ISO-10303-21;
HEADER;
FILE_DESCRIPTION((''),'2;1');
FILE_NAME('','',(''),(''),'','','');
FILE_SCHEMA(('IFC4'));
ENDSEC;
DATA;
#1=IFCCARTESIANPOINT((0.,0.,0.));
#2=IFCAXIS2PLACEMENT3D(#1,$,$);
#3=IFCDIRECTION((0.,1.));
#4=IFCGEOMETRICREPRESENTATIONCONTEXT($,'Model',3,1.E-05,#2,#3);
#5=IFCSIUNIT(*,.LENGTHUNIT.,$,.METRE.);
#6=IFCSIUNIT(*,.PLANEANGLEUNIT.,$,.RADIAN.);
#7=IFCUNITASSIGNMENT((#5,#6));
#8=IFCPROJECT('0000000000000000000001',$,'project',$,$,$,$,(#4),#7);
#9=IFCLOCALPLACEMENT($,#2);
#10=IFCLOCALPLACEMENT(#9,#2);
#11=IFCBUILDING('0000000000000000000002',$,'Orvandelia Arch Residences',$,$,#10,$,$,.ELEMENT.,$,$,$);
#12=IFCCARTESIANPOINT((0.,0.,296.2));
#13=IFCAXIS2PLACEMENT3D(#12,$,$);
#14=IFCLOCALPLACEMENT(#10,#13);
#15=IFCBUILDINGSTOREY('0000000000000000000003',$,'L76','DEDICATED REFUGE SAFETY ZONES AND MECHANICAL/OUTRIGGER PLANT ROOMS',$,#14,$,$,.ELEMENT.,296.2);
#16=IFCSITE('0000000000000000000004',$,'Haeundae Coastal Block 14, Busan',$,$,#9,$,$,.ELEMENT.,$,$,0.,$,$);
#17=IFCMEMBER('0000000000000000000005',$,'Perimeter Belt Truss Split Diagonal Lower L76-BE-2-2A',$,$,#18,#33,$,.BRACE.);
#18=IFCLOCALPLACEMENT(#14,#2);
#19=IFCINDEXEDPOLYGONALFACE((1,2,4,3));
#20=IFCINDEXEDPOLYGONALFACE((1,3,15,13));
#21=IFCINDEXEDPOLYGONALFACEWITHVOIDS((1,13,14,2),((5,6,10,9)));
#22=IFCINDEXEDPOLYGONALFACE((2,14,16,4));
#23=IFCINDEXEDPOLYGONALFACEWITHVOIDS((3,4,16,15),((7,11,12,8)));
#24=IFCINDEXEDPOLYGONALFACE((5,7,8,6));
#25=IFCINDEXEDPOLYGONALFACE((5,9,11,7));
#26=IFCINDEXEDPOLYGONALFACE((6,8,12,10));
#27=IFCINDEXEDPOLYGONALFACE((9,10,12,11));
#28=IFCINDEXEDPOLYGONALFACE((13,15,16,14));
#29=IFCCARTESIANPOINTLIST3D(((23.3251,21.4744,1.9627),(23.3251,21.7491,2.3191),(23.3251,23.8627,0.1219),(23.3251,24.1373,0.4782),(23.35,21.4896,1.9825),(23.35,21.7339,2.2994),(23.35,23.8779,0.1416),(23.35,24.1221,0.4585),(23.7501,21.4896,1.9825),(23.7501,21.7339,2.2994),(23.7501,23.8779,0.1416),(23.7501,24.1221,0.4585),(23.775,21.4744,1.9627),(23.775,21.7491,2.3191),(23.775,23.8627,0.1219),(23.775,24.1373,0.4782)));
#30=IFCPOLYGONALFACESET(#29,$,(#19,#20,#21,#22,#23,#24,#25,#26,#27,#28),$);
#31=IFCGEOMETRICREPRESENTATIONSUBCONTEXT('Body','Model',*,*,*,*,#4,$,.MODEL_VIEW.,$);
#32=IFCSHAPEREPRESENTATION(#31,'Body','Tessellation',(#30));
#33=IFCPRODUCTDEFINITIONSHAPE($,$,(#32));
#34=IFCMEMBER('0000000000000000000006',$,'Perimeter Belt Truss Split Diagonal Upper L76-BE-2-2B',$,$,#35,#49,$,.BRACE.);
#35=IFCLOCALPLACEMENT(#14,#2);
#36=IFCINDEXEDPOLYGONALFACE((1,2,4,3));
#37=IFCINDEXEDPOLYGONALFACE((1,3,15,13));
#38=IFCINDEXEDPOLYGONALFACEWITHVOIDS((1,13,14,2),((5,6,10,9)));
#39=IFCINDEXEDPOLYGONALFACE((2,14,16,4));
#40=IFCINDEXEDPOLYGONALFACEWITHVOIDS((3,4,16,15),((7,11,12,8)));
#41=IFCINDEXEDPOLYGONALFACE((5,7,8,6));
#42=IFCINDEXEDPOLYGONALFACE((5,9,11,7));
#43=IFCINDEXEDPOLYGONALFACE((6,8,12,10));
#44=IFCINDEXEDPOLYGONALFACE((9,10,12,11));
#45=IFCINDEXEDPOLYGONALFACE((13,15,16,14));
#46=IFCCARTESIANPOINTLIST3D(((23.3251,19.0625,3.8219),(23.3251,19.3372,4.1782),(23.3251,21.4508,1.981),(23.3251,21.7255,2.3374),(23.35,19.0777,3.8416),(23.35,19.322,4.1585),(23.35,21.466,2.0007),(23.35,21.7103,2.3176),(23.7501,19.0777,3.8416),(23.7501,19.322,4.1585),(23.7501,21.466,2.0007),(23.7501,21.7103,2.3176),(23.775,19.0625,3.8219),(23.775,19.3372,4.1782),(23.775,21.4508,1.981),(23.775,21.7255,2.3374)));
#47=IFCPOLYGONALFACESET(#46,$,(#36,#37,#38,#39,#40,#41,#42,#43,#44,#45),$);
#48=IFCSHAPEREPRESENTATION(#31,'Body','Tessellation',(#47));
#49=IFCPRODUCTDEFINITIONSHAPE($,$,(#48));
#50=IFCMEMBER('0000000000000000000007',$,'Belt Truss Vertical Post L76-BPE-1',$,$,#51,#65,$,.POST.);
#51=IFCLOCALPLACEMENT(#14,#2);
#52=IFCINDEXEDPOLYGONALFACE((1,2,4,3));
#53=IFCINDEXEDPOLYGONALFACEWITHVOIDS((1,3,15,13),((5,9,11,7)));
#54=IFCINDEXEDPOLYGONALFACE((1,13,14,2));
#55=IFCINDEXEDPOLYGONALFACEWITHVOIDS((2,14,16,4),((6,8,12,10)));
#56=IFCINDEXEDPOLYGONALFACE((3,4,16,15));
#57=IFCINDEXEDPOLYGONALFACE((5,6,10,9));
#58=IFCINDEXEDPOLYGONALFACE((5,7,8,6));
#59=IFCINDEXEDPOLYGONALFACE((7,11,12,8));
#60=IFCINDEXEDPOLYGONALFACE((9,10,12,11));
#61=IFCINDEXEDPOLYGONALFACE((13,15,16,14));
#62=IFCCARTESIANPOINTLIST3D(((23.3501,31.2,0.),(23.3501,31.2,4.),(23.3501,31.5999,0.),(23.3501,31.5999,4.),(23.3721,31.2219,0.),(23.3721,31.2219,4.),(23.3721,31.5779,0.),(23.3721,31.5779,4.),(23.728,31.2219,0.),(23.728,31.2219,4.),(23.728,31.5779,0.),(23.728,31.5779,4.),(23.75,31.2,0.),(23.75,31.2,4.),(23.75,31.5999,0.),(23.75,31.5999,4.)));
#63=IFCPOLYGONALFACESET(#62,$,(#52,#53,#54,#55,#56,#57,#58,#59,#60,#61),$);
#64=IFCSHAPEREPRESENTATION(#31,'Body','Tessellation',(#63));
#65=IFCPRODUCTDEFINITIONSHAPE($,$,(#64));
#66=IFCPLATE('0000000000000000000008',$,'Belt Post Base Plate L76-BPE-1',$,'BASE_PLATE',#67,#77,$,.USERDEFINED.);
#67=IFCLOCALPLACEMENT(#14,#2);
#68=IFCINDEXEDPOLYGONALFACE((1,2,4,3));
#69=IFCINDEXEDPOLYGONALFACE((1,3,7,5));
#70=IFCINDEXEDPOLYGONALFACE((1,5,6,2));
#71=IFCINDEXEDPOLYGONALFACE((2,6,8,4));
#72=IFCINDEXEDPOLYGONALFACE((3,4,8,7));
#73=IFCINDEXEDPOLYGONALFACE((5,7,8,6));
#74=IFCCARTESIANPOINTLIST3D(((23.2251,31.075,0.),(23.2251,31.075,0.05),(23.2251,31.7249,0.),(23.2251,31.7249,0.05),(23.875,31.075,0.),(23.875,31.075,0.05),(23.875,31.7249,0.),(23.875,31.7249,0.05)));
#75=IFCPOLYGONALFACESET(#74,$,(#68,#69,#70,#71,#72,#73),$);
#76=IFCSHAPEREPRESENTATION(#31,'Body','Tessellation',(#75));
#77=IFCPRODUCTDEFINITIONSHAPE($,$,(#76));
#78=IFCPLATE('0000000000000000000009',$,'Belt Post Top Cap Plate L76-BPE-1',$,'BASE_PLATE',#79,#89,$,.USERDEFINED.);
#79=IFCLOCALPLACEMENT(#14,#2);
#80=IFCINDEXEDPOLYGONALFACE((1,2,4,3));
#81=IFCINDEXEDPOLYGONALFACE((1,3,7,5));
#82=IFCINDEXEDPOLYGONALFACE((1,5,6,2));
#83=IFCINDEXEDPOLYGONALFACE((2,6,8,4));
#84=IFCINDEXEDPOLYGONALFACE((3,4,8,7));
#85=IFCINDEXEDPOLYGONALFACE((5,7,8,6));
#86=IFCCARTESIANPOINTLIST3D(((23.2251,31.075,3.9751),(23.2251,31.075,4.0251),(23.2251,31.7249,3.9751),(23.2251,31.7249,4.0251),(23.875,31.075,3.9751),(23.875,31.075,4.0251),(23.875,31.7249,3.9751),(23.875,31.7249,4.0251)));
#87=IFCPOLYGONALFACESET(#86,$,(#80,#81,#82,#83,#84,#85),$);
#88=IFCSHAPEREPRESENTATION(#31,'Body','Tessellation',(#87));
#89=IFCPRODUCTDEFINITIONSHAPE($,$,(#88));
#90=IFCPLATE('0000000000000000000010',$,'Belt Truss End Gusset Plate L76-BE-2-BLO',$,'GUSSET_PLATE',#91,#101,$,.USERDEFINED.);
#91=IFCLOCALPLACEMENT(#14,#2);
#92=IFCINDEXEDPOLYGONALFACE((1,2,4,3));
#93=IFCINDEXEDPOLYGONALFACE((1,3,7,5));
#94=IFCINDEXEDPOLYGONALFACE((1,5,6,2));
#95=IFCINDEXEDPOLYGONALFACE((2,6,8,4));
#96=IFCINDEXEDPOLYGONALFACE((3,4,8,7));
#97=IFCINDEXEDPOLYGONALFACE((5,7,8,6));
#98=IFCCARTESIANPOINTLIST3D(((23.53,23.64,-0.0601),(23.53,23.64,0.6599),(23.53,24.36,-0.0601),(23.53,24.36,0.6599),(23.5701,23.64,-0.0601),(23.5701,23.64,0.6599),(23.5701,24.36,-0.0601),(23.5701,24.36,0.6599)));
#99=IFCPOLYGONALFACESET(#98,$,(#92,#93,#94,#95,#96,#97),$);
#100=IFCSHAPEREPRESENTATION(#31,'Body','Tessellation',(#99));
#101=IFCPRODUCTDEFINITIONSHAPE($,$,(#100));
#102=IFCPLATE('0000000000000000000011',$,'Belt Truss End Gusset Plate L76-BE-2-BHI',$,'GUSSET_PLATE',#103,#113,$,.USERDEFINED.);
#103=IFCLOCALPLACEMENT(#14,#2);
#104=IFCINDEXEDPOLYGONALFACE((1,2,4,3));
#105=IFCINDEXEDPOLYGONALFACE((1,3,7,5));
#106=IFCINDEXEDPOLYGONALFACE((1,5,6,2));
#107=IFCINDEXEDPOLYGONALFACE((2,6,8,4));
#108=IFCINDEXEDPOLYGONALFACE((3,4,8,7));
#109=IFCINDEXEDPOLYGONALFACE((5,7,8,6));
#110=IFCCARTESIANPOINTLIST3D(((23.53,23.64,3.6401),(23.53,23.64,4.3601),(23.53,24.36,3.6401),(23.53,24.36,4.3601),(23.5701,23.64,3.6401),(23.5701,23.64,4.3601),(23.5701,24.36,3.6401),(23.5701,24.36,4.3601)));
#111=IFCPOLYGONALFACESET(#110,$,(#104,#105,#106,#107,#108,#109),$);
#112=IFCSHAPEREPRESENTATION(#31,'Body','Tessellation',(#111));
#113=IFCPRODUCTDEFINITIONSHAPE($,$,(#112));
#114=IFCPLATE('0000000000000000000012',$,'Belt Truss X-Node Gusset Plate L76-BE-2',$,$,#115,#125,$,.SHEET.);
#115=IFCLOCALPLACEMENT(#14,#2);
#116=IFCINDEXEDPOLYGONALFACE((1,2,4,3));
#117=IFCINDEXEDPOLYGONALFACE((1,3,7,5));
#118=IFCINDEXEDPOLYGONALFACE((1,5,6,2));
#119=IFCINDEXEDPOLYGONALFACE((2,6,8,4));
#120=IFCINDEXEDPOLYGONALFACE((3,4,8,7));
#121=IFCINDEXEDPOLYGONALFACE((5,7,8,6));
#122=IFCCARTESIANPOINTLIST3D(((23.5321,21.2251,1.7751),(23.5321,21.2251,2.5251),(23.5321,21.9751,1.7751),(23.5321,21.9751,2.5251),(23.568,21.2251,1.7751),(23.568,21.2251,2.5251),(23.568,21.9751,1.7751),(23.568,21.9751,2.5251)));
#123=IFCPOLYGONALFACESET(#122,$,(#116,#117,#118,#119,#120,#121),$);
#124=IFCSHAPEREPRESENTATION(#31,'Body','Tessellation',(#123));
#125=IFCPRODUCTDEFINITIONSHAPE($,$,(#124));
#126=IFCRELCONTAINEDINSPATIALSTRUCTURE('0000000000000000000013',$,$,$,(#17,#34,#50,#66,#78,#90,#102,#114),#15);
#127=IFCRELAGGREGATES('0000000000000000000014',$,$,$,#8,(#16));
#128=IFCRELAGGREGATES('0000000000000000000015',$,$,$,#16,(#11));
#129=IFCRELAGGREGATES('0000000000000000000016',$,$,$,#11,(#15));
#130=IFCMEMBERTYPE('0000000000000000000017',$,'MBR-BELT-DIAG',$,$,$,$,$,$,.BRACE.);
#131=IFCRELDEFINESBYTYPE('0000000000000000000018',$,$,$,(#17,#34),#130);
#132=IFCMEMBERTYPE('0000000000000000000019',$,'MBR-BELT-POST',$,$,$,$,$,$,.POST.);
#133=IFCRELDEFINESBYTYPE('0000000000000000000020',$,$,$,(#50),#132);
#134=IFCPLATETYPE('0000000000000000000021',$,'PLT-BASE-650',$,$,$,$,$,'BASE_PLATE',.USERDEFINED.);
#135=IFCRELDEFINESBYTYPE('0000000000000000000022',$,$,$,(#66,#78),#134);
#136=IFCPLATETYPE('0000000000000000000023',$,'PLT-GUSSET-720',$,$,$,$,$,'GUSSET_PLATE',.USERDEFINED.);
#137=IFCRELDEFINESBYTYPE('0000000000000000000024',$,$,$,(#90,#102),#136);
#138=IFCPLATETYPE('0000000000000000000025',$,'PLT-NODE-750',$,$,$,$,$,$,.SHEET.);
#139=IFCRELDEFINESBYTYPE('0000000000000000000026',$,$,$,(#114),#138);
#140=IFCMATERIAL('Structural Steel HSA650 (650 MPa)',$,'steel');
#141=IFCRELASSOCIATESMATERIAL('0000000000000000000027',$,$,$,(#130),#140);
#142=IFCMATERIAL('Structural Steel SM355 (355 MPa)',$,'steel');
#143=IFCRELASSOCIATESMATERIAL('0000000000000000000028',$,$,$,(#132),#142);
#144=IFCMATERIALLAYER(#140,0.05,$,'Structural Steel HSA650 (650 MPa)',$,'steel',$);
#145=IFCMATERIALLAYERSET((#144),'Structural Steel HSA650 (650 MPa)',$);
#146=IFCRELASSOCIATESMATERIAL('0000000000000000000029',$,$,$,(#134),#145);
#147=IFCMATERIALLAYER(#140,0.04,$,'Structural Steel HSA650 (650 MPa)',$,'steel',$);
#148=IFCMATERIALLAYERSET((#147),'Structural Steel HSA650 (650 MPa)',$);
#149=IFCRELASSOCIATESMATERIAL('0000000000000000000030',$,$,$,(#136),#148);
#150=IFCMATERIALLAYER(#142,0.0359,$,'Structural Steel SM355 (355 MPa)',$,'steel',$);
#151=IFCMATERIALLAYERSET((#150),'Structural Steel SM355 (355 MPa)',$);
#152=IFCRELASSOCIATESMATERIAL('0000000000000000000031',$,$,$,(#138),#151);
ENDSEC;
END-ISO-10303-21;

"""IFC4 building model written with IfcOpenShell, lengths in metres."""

from ifc_helpers import new_model, si_unit, direction, frame, origin, origin_2d, place, context, subcontext, project, spatial, rectangle, hollow_rectangle, extrude, material, layer, layer_set, material_profile, profile_set, type_object, element, save


model = new_model("IFC4")

# Units and contexts
model_context = context("Model", 3, precision=1e-05, world=origin(), true_north=direction((0.0, 1.0)))
body_context = subcontext(model_context, "Body", "Model", "MODEL_VIEW")
ifc_project = project(units=[si_unit("LENGTHUNIT", "METRE"), si_unit("PLANEANGLEUNIT", "RADIAN")], contexts=[model_context])

# Site, building, storey
site_placement = place(None, origin())
site = spatial("IfcSite", under=ifc_project, at=site_placement, Name="Haeundae Coastal Block 14, Busan", CompositionType="ELEMENT", RefElevation=0.0)
building_placement = place(site_placement, origin())
building = spatial("IfcBuilding", under=site, at=building_placement, Name="Orvandelia Arch Residences", CompositionType="ELEMENT")
storey_placement = place(building_placement, frame((0.0, 0.0, 296.2)))
storey = spatial("IfcBuildingStorey", under=building, at=storey_placement, Name="L76", Description="DEDICATED REFUGE SAFETY ZONES AND MECHANICAL/OUTRIGGER PLANT ROOMS", CompositionType="ELEMENT", Elevation=296.2)

# Shared definitions
ifc_material_1 = material(Name="Structural Steel SM355 (355 MPa)", Category="steel")

# Members
ifc_material_2 = material(Name="Structural Steel HSA650 (650 MPa)", Category="steel")
ifc_material_profile_1 = material_profile(ifc_material_2, hollow_rectangle(XDim=0.45, YDim=0.45, WallThickness=0.0249, at=origin_2d()), Name="Structural Steel HSA650 (650 MPa)", Category="steel")
ifc_profile_set_1 = profile_set([ifc_material_profile_1], Name="Structural Steel HSA650 (650 MPa)")
member_type_1 = type_object("IfcMemberType", Name="MBR-BELT-DIAG", PredefinedType="BRACE", material=ifc_profile_set_1)
for number, where, z_axis, x_axis, name in (
    (1, (23.55, 24.0, 0.3), (0.0, -0.792022, 0.610493), (1.0, 0.0, 0.0), "Perimeter Belt Truss Split Diagonal Lower L76-BE-2-2A"),
    (2, (23.55, 21.5881, 2.1592), (0.0, -0.792022, 0.610493), (1.0, 0.0, 0.0), "Perimeter Belt Truss Split Diagonal Upper L76-BE-2-2B"),
):
    element("IfcMember", number, at=place(storey_placement, frame(where, z_axis=z_axis, x_axis=x_axis)), inside=storey, type_object=member_type_1, Name=name, PredefinedType="BRACE", context=body_context, shape_type="SweptSolid", body=[
        extrude(hollow_rectangle(XDim=0.45, YDim=0.45, WallThickness=0.0249, at=origin_2d()), origin(), (0.0, 0.0, 1.0), 3.0154),
    ])
ifc_material_profile_2 = material_profile(ifc_material_1, hollow_rectangle(XDim=0.3999, YDim=0.3999, WallThickness=0.022, at=origin_2d()), Name="Structural Steel SM355 (355 MPa)", Category="steel")
ifc_profile_set_2 = profile_set([ifc_material_profile_2], Name="Structural Steel SM355 (355 MPa)")
member_type_2 = type_object("IfcMemberType", Name="MBR-BELT-POST", PredefinedType="POST", material=ifc_profile_set_2)
member_placement = place(storey_placement, frame((23.55, 31.3999, 0.0), z_axis=(0.0, 0.0, 1.0), x_axis=(1.0, 0.0, 0.0)))
element("IfcMember", 3, at=member_placement, inside=storey, type_object=member_type_2, Name="Belt Truss Vertical Post L76-BPE-1", PredefinedType="POST", context=body_context, shape_type="SweptSolid", body=[
    extrude(hollow_rectangle(XDim=0.3999, YDim=0.3999, WallThickness=0.022, at=origin_2d()), origin(), (0.0, 0.0, 1.0), 4.0),
])

# Plates
ifc_layer_1 = layer(ifc_material_2, 0.05, Name="Structural Steel HSA650 (650 MPa)", Category="steel")
ifc_layer_set_1 = layer_set([ifc_layer_1], Name="Structural Steel HSA650 (650 MPa)")
plate_type_1 = type_object("IfcPlateType", Name="PLT-BASE-650", ElementType="BASE_PLATE", PredefinedType="USERDEFINED", material=ifc_layer_set_1)
for number, where, z_axis, x_axis, name in (
    (4, (23.55, 31.3999, 0.0), (0.0, 0.0, 1.0), (1.0, 0.0, 0.0), "Belt Post Base Plate L76-BPE-1"),
    (5, (23.55, 31.3999, 3.9751), (0.0, 0.0, 1.0), (1.0, 0.0, 0.0), "Belt Post Top Cap Plate L76-BPE-1"),
):
    element("IfcPlate", number, at=place(storey_placement, frame(where, z_axis=z_axis, x_axis=x_axis)), inside=storey, type_object=plate_type_1, Name=name, ObjectType="BASE_PLATE", PredefinedType="USERDEFINED", context=body_context, shape_type="SweptSolid", body=[
        extrude(rectangle(XDim=0.6499, YDim=0.6499, at=origin_2d()), origin(), (0.0, 0.0, 1.0), 0.05),
    ])
ifc_layer_2 = layer(ifc_material_2, 0.04, Name="Structural Steel HSA650 (650 MPa)", Category="steel")
ifc_layer_set_2 = layer_set([ifc_layer_2], Name="Structural Steel HSA650 (650 MPa)")
plate_type_2 = type_object("IfcPlateType", Name="PLT-GUSSET-720", ElementType="GUSSET_PLATE", PredefinedType="USERDEFINED", material=ifc_layer_set_2)
for number, where, z_axis, x_axis, name in (
    (6, (23.55, 24.0, -0.0601), (0.0, 0.0, 1.0), (0.0, 1.0, 0.0), "Belt Truss End Gusset Plate L76-BE-2-BLO"),
    (7, (23.55, 24.0, 3.6401), (0.0, 0.0, 1.0), (0.0, 1.0, 0.0), "Belt Truss End Gusset Plate L76-BE-2-BHI"),
):
    element("IfcPlate", number, at=place(storey_placement, frame(where, z_axis=z_axis, x_axis=x_axis)), inside=storey, type_object=plate_type_2, Name=name, ObjectType="GUSSET_PLATE", PredefinedType="USERDEFINED", context=body_context, shape_type="SweptSolid", body=[
        extrude(rectangle(XDim=0.72, YDim=0.04, at=origin_2d()), origin(), (0.0, 0.0, 1.0), 0.72),
    ])
ifc_layer_3 = layer(ifc_material_1, 0.0359, Name="Structural Steel SM355 (355 MPa)", Category="steel")
ifc_layer_set_3 = layer_set([ifc_layer_3], Name="Structural Steel SM355 (355 MPa)")
plate_type_3 = type_object("IfcPlateType", Name="PLT-NODE-750", PredefinedType="SHEET", material=ifc_layer_set_3)
plate_placement = place(storey_placement, frame((23.55, 21.6001, 1.7751), z_axis=(0.0, 0.0, 1.0), x_axis=(0.0, 1.0, 0.0)))
element("IfcPlate", 8, at=plate_placement, inside=storey, type_object=plate_type_3, Name="Belt Truss X-Node Gusset Plate L76-BE-2", PredefinedType="SHEET", context=body_context, shape_type="SweptSolid", body=[
    extrude(rectangle(XDim=0.75, YDim=0.0359, at=origin_2d()), origin(), (0.0, 0.0, 1.0), 0.75),
])

save(model, "model.ifc")
